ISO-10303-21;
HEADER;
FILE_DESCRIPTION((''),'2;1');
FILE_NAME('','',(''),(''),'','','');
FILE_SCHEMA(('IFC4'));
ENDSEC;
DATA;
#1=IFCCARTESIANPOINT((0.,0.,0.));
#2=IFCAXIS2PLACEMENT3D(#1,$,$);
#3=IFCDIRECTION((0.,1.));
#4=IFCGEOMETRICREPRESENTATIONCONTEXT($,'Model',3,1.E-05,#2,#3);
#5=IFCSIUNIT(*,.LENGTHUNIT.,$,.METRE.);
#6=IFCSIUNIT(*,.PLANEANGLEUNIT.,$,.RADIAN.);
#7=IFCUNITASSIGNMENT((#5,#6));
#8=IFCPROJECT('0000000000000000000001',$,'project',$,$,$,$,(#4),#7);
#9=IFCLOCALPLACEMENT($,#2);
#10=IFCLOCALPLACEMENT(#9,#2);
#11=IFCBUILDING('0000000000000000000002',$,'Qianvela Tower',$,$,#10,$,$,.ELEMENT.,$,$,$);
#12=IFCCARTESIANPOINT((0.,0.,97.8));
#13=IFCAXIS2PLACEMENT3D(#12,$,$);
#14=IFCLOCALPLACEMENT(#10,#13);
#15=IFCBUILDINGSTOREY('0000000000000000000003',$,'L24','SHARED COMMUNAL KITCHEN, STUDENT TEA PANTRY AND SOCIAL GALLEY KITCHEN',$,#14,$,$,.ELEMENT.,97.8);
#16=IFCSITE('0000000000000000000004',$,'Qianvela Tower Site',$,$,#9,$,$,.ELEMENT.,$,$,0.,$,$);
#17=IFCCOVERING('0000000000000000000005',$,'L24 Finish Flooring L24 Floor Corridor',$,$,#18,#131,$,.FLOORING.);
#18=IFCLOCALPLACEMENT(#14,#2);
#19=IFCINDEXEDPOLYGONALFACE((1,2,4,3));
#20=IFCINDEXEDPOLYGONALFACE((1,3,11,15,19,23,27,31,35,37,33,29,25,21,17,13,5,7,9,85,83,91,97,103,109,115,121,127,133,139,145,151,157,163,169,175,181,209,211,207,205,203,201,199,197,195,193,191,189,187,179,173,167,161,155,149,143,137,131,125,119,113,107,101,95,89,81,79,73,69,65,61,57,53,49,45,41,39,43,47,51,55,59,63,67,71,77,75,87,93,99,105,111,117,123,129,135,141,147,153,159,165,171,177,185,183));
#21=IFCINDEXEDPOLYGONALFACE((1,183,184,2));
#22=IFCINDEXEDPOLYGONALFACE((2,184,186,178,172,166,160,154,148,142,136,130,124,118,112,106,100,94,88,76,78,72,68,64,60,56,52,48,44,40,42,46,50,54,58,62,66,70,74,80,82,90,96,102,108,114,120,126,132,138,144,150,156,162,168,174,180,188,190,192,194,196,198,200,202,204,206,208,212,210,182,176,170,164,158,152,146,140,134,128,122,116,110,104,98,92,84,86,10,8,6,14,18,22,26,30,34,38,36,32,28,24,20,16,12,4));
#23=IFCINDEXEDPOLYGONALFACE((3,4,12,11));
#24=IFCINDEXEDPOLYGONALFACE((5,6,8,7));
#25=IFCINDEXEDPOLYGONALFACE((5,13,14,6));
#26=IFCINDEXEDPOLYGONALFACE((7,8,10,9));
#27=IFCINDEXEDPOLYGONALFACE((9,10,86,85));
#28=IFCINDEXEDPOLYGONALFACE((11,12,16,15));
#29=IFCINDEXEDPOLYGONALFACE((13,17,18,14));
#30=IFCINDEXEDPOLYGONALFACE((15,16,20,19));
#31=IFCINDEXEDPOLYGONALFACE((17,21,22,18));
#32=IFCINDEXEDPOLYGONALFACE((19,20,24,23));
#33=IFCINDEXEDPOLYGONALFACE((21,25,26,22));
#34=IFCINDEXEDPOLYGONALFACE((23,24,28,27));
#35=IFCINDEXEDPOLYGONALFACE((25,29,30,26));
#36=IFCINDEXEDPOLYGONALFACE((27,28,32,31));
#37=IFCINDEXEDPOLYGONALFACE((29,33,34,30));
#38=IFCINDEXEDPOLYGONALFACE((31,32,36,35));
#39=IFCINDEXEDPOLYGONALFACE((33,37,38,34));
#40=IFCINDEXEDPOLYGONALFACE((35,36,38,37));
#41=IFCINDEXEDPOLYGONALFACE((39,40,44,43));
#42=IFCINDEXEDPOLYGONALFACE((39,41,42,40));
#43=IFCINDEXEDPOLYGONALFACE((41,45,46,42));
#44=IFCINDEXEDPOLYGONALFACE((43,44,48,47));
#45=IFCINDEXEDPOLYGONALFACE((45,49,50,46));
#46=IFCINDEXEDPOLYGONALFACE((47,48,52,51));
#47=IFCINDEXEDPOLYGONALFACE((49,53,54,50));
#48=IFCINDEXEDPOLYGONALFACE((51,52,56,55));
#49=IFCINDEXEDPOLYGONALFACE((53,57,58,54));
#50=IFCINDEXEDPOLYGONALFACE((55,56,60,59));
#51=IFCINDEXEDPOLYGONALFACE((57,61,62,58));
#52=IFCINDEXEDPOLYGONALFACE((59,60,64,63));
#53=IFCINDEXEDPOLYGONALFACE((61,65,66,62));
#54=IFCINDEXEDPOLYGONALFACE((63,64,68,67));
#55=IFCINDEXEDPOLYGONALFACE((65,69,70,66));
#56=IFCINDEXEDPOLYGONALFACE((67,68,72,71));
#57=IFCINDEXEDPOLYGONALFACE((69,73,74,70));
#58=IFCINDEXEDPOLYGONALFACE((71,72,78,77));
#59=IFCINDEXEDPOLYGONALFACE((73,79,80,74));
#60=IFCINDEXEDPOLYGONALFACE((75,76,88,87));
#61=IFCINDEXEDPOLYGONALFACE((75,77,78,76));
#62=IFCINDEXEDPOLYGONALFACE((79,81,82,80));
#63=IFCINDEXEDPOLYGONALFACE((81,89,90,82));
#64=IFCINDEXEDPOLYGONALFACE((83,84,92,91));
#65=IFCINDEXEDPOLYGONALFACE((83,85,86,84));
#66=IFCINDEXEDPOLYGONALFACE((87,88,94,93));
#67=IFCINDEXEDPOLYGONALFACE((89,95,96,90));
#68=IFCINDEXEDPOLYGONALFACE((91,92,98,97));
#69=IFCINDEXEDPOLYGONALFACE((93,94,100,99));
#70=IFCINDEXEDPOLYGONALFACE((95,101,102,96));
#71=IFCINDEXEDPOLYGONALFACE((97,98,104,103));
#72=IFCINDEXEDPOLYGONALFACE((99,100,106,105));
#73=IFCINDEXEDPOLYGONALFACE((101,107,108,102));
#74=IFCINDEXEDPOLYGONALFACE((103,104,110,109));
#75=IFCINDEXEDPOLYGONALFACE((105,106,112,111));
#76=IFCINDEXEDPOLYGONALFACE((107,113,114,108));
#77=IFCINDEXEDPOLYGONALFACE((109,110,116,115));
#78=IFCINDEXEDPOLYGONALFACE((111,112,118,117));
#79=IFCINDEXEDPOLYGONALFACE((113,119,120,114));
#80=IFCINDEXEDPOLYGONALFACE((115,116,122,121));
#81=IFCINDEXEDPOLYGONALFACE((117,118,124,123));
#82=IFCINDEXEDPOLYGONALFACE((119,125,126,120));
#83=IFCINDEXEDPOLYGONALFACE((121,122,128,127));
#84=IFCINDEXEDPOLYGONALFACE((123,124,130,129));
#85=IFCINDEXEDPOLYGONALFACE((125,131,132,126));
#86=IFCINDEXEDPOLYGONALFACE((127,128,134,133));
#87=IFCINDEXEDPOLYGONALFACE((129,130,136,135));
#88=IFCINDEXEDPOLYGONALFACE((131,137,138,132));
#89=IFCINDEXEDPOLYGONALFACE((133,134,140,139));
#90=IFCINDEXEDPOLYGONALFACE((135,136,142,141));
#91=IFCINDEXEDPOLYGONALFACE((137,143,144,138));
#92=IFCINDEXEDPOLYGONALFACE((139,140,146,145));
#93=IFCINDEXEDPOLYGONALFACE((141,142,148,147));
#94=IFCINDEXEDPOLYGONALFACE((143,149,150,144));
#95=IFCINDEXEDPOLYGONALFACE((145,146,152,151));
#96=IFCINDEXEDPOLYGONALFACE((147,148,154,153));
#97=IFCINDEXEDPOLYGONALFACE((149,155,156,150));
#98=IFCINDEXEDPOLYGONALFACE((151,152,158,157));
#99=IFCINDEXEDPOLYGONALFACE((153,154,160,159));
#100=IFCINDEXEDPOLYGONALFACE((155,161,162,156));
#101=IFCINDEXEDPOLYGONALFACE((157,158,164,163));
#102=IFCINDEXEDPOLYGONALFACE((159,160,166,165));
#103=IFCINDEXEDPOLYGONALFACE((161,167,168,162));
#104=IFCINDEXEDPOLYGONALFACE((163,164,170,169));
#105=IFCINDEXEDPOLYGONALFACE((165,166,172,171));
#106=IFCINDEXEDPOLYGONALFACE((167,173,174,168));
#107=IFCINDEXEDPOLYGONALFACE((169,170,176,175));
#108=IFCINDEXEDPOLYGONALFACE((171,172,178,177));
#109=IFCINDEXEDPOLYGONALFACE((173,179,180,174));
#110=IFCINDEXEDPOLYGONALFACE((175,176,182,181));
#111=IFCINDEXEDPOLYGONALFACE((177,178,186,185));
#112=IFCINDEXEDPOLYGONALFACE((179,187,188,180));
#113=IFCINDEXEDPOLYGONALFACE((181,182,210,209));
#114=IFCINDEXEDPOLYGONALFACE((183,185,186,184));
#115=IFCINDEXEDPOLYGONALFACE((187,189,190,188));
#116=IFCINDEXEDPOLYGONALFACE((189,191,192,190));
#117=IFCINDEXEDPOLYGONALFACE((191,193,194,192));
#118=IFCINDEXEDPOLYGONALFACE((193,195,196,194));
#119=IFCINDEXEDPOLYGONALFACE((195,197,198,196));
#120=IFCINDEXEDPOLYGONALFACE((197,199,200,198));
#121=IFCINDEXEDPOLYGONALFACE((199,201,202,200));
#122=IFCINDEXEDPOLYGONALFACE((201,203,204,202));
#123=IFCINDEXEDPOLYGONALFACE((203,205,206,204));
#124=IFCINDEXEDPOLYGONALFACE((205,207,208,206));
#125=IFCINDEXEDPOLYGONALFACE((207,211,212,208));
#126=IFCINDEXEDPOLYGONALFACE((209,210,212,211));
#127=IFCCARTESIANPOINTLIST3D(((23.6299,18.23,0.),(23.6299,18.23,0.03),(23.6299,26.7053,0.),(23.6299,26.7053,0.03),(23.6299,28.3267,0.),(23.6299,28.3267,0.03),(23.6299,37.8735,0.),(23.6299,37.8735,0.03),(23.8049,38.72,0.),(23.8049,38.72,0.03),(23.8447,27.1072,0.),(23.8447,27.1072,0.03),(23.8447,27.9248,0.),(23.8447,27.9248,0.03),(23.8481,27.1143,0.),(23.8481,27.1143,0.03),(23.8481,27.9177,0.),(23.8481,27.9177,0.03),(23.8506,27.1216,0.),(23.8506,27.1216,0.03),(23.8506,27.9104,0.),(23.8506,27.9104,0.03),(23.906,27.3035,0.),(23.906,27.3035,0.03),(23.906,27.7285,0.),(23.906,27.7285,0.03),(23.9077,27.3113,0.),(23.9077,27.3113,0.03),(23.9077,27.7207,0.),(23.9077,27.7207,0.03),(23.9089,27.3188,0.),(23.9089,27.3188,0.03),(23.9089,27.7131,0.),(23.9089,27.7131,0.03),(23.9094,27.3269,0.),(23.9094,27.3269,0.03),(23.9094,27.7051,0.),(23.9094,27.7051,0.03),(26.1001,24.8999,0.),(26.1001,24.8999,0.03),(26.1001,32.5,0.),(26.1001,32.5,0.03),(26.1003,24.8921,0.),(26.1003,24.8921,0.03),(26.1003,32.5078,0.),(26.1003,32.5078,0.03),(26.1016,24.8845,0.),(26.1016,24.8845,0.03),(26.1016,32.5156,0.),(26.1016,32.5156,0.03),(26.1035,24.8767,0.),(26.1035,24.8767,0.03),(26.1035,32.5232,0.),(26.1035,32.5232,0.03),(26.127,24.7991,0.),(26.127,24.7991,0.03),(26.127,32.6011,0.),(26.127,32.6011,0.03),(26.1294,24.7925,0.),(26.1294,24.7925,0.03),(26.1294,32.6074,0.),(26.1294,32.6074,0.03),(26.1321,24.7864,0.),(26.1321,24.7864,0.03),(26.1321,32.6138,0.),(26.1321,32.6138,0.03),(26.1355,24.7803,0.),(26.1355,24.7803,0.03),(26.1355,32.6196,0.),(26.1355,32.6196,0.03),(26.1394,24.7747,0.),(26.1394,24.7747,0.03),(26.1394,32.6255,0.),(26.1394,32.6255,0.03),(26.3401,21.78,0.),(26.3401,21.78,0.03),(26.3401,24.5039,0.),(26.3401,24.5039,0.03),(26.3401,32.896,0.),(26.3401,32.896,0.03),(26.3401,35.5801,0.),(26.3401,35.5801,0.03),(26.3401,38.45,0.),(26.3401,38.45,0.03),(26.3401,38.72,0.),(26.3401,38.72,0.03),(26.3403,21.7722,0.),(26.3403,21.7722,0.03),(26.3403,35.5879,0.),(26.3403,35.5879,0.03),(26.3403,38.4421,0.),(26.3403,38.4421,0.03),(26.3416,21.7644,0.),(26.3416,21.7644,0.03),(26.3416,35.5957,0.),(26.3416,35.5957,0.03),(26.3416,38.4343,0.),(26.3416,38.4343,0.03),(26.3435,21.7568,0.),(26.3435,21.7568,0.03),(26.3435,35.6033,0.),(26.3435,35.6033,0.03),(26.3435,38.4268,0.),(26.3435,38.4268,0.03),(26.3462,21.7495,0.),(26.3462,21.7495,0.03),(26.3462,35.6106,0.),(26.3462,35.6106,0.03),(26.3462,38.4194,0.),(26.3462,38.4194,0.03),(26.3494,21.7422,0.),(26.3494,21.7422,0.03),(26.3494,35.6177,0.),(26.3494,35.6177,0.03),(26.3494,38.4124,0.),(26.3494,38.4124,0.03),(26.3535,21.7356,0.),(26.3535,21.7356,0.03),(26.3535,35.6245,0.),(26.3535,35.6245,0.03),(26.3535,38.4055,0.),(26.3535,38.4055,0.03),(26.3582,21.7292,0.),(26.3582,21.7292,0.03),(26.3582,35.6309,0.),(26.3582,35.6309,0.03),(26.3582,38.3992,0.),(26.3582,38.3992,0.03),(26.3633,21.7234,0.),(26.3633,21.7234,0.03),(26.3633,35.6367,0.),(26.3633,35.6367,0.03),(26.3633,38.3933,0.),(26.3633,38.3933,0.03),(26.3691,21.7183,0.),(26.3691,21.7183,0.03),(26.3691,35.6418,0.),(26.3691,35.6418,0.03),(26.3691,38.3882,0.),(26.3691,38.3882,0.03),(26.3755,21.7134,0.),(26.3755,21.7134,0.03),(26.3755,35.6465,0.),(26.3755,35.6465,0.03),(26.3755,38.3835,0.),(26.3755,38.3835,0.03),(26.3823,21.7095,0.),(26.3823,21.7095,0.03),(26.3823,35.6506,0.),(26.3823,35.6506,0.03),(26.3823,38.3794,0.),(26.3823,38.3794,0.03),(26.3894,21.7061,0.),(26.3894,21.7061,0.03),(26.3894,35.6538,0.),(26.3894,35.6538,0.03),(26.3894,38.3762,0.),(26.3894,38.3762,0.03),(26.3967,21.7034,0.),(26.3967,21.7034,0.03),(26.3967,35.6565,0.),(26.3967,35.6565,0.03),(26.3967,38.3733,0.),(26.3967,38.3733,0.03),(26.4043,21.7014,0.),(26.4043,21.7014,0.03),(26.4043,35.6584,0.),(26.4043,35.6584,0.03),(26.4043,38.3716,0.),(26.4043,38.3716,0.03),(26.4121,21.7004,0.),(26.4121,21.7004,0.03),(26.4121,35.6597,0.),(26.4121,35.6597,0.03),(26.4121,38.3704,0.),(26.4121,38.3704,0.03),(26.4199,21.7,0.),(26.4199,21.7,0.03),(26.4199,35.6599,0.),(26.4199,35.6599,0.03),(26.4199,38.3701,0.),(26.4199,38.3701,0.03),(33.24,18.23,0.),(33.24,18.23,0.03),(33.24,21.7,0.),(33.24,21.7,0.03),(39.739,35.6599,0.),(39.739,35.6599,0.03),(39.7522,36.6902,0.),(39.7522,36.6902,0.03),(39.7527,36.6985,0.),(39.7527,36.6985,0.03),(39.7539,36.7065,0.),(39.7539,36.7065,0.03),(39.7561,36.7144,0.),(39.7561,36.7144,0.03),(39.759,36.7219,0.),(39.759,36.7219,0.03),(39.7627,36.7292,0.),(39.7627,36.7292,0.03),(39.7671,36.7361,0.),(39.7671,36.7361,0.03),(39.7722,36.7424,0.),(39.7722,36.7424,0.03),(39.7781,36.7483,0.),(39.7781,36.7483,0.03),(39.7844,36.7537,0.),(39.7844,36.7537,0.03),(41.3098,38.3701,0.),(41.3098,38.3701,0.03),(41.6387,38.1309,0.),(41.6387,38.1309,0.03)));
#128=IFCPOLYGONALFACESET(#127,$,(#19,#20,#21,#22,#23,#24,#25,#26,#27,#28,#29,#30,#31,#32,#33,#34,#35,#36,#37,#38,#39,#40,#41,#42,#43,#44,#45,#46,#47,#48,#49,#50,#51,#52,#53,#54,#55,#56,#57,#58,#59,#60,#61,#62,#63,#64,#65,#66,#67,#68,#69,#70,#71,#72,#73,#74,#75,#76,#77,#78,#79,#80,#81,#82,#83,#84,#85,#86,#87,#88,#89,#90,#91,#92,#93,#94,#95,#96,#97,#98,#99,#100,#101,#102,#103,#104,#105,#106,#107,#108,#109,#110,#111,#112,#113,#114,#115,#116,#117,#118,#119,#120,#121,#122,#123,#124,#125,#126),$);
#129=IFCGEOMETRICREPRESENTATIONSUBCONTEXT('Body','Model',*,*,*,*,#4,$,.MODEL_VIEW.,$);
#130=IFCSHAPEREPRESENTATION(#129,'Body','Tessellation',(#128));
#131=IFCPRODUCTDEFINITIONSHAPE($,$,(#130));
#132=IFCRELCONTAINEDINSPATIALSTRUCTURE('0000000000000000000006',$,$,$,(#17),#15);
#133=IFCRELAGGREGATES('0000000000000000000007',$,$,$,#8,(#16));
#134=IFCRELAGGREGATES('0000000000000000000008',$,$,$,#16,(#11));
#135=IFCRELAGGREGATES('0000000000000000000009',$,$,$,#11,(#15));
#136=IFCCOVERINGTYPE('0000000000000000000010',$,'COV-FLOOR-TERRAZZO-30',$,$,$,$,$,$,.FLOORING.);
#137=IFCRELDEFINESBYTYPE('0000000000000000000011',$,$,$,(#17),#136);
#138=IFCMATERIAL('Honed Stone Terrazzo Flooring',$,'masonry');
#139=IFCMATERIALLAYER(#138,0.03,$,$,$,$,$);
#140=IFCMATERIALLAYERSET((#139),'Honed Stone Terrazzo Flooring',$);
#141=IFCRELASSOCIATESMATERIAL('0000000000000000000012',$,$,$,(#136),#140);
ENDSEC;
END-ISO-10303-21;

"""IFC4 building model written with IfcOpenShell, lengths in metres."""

from ifc_helpers import new_model, si_unit, direction, frame, origin, place, context, subcontext, project, spatial, polyline, outline, extrude, material, layer, layer_set, type_object, element, save


model = new_model("IFC4")

# Units and contexts
model_context = context("Model", 3, precision=1e-05, world=origin(), true_north=direction((0.0, 1.0)))
body_context = subcontext(model_context, "Body", "Model", "MODEL_VIEW")
ifc_project = project(units=[si_unit("LENGTHUNIT", "METRE"), si_unit("PLANEANGLEUNIT", "RADIAN")], contexts=[model_context])

# Site, building, storey
site_placement = place(None, origin())
site = spatial("IfcSite", under=ifc_project, at=site_placement, Name="Qianvela Tower Site", CompositionType="ELEMENT", RefElevation=0.0)
building_placement = place(site_placement, origin())
building = spatial("IfcBuilding", under=site, at=building_placement, Name="Qianvela Tower", CompositionType="ELEMENT")
storey_placement = place(building_placement, frame((0.0, 0.0, 97.8)))
storey = spatial("IfcBuildingStorey", under=building, at=storey_placement, Name="L24", Description="SHARED COMMUNAL KITCHEN, STUDENT TEA PANTRY AND SOCIAL GALLEY KITCHEN", CompositionType="ELEMENT", Elevation=97.8)

# Covering
ifc_material_1 = material(Name="Honed Stone Terrazzo Flooring", Category="masonry")
ifc_layer_1 = layer(ifc_material_1, 0.03)
ifc_layer_set_1 = layer_set([ifc_layer_1], Name="Honed Stone Terrazzo Flooring")
covering_type_1 = type_object("IfcCoveringType", Name="COV-FLOOR-TERRAZZO-30", PredefinedType="FLOORING", material=ifc_layer_set_1)
covering_1_placement = place(storey_placement, origin())
element("IfcCovering", 1, at=covering_1_placement, inside=storey, type_object=covering_type_1, Name="L24 Finish Flooring L24 Floor Corridor", PredefinedType="FLOORING", context=body_context, shape_type="SweptSolid", body=[
    extrude(outline(polyline([(23.8506, 27.9104), (23.8481, 27.9177), (23.8447, 27.9248), (23.6299, 28.3267), (23.6299, 37.8735), (23.8049, 38.72), (26.3401, 38.72), (26.3401, 38.45), (26.3403, 38.4421), (26.3416, 38.4343), (26.3435, 38.4268), (26.3462, 38.4194), (26.3494, 38.4124), (26.3535, 38.4055), (26.3582, 38.3992), (26.3633, 38.3933), (26.3691, 38.3882), (26.3755, 38.3835), (26.3823, 38.3794), (26.3894, 38.3762), (26.3967, 38.3733), (26.4043, 38.3716), (26.4121, 38.3704), (26.4199, 38.3701), (41.3098, 38.3701), (41.6387, 38.1309), (39.7844, 36.7537), (39.7781, 36.7483), (39.7722, 36.7424), (39.7671, 36.7361), (39.7627, 36.7292), (39.759, 36.7219), (39.7561, 36.7144), (39.7539, 36.7065), (39.7527, 36.6985), (39.7522, 36.6902), (39.739, 35.6599), (26.4199, 35.6599), (26.4121, 35.6597), (26.4043, 35.6584), (26.3967, 35.6565), (26.3894, 35.6538), (26.3823, 35.6506), (26.3755, 35.6465), (26.3691, 35.6418), (26.3633, 35.6367), (26.3582, 35.6309), (26.3535, 35.6245), (26.3494, 35.6177), (26.3462, 35.6106), (26.3435, 35.6033), (26.3416, 35.5957), (26.3403, 35.5879), (26.3401, 35.5801), (26.3401, 32.896), (26.1394, 32.6255), (26.1355, 32.6196), (26.1321, 32.6138), (26.1294, 32.6074), (26.127, 32.6011), (26.1035, 32.5232), (26.1016, 32.5156), (26.1003, 32.5078), (26.1001, 32.5), (26.1001, 24.8999), (26.1003, 24.8921), (26.1016, 24.8845), (26.1035, 24.8767), (26.127, 24.7991), (26.1294, 24.7925), (26.1321, 24.7864), (26.1355, 24.7803), (26.1394, 24.7747), (26.3401, 24.5039), (26.3401, 21.78), (26.3403, 21.7722), (26.3416, 21.7644), (26.3435, 21.7568), (26.3462, 21.7495), (26.3494, 21.7422), (26.3535, 21.7356), (26.3582, 21.7292), (26.3633, 21.7234), (26.3691, 21.7183), (26.3755, 21.7134), (26.3823, 21.7095), (26.3894, 21.7061), (26.3967, 21.7034), (26.4043, 21.7014), (26.4121, 21.7004), (26.4199, 21.7), (33.24, 21.7), (33.24, 18.23), (23.6299, 18.23), (23.6299, 26.7053), (23.8447, 27.1072), (23.8481, 27.1143), (23.8506, 27.1216), (23.906, 27.3035), (23.9077, 27.3113), (23.9089, 27.3188), (23.9094, 27.3269), (23.9094, 27.7051), (23.9089, 27.7131), (23.9077, 27.7207), (23.906, 27.7285), (23.8506, 27.9104)])), origin(), (0.0, 0.0, 1.0), 0.03),
])

save(model, "model.ifc")
